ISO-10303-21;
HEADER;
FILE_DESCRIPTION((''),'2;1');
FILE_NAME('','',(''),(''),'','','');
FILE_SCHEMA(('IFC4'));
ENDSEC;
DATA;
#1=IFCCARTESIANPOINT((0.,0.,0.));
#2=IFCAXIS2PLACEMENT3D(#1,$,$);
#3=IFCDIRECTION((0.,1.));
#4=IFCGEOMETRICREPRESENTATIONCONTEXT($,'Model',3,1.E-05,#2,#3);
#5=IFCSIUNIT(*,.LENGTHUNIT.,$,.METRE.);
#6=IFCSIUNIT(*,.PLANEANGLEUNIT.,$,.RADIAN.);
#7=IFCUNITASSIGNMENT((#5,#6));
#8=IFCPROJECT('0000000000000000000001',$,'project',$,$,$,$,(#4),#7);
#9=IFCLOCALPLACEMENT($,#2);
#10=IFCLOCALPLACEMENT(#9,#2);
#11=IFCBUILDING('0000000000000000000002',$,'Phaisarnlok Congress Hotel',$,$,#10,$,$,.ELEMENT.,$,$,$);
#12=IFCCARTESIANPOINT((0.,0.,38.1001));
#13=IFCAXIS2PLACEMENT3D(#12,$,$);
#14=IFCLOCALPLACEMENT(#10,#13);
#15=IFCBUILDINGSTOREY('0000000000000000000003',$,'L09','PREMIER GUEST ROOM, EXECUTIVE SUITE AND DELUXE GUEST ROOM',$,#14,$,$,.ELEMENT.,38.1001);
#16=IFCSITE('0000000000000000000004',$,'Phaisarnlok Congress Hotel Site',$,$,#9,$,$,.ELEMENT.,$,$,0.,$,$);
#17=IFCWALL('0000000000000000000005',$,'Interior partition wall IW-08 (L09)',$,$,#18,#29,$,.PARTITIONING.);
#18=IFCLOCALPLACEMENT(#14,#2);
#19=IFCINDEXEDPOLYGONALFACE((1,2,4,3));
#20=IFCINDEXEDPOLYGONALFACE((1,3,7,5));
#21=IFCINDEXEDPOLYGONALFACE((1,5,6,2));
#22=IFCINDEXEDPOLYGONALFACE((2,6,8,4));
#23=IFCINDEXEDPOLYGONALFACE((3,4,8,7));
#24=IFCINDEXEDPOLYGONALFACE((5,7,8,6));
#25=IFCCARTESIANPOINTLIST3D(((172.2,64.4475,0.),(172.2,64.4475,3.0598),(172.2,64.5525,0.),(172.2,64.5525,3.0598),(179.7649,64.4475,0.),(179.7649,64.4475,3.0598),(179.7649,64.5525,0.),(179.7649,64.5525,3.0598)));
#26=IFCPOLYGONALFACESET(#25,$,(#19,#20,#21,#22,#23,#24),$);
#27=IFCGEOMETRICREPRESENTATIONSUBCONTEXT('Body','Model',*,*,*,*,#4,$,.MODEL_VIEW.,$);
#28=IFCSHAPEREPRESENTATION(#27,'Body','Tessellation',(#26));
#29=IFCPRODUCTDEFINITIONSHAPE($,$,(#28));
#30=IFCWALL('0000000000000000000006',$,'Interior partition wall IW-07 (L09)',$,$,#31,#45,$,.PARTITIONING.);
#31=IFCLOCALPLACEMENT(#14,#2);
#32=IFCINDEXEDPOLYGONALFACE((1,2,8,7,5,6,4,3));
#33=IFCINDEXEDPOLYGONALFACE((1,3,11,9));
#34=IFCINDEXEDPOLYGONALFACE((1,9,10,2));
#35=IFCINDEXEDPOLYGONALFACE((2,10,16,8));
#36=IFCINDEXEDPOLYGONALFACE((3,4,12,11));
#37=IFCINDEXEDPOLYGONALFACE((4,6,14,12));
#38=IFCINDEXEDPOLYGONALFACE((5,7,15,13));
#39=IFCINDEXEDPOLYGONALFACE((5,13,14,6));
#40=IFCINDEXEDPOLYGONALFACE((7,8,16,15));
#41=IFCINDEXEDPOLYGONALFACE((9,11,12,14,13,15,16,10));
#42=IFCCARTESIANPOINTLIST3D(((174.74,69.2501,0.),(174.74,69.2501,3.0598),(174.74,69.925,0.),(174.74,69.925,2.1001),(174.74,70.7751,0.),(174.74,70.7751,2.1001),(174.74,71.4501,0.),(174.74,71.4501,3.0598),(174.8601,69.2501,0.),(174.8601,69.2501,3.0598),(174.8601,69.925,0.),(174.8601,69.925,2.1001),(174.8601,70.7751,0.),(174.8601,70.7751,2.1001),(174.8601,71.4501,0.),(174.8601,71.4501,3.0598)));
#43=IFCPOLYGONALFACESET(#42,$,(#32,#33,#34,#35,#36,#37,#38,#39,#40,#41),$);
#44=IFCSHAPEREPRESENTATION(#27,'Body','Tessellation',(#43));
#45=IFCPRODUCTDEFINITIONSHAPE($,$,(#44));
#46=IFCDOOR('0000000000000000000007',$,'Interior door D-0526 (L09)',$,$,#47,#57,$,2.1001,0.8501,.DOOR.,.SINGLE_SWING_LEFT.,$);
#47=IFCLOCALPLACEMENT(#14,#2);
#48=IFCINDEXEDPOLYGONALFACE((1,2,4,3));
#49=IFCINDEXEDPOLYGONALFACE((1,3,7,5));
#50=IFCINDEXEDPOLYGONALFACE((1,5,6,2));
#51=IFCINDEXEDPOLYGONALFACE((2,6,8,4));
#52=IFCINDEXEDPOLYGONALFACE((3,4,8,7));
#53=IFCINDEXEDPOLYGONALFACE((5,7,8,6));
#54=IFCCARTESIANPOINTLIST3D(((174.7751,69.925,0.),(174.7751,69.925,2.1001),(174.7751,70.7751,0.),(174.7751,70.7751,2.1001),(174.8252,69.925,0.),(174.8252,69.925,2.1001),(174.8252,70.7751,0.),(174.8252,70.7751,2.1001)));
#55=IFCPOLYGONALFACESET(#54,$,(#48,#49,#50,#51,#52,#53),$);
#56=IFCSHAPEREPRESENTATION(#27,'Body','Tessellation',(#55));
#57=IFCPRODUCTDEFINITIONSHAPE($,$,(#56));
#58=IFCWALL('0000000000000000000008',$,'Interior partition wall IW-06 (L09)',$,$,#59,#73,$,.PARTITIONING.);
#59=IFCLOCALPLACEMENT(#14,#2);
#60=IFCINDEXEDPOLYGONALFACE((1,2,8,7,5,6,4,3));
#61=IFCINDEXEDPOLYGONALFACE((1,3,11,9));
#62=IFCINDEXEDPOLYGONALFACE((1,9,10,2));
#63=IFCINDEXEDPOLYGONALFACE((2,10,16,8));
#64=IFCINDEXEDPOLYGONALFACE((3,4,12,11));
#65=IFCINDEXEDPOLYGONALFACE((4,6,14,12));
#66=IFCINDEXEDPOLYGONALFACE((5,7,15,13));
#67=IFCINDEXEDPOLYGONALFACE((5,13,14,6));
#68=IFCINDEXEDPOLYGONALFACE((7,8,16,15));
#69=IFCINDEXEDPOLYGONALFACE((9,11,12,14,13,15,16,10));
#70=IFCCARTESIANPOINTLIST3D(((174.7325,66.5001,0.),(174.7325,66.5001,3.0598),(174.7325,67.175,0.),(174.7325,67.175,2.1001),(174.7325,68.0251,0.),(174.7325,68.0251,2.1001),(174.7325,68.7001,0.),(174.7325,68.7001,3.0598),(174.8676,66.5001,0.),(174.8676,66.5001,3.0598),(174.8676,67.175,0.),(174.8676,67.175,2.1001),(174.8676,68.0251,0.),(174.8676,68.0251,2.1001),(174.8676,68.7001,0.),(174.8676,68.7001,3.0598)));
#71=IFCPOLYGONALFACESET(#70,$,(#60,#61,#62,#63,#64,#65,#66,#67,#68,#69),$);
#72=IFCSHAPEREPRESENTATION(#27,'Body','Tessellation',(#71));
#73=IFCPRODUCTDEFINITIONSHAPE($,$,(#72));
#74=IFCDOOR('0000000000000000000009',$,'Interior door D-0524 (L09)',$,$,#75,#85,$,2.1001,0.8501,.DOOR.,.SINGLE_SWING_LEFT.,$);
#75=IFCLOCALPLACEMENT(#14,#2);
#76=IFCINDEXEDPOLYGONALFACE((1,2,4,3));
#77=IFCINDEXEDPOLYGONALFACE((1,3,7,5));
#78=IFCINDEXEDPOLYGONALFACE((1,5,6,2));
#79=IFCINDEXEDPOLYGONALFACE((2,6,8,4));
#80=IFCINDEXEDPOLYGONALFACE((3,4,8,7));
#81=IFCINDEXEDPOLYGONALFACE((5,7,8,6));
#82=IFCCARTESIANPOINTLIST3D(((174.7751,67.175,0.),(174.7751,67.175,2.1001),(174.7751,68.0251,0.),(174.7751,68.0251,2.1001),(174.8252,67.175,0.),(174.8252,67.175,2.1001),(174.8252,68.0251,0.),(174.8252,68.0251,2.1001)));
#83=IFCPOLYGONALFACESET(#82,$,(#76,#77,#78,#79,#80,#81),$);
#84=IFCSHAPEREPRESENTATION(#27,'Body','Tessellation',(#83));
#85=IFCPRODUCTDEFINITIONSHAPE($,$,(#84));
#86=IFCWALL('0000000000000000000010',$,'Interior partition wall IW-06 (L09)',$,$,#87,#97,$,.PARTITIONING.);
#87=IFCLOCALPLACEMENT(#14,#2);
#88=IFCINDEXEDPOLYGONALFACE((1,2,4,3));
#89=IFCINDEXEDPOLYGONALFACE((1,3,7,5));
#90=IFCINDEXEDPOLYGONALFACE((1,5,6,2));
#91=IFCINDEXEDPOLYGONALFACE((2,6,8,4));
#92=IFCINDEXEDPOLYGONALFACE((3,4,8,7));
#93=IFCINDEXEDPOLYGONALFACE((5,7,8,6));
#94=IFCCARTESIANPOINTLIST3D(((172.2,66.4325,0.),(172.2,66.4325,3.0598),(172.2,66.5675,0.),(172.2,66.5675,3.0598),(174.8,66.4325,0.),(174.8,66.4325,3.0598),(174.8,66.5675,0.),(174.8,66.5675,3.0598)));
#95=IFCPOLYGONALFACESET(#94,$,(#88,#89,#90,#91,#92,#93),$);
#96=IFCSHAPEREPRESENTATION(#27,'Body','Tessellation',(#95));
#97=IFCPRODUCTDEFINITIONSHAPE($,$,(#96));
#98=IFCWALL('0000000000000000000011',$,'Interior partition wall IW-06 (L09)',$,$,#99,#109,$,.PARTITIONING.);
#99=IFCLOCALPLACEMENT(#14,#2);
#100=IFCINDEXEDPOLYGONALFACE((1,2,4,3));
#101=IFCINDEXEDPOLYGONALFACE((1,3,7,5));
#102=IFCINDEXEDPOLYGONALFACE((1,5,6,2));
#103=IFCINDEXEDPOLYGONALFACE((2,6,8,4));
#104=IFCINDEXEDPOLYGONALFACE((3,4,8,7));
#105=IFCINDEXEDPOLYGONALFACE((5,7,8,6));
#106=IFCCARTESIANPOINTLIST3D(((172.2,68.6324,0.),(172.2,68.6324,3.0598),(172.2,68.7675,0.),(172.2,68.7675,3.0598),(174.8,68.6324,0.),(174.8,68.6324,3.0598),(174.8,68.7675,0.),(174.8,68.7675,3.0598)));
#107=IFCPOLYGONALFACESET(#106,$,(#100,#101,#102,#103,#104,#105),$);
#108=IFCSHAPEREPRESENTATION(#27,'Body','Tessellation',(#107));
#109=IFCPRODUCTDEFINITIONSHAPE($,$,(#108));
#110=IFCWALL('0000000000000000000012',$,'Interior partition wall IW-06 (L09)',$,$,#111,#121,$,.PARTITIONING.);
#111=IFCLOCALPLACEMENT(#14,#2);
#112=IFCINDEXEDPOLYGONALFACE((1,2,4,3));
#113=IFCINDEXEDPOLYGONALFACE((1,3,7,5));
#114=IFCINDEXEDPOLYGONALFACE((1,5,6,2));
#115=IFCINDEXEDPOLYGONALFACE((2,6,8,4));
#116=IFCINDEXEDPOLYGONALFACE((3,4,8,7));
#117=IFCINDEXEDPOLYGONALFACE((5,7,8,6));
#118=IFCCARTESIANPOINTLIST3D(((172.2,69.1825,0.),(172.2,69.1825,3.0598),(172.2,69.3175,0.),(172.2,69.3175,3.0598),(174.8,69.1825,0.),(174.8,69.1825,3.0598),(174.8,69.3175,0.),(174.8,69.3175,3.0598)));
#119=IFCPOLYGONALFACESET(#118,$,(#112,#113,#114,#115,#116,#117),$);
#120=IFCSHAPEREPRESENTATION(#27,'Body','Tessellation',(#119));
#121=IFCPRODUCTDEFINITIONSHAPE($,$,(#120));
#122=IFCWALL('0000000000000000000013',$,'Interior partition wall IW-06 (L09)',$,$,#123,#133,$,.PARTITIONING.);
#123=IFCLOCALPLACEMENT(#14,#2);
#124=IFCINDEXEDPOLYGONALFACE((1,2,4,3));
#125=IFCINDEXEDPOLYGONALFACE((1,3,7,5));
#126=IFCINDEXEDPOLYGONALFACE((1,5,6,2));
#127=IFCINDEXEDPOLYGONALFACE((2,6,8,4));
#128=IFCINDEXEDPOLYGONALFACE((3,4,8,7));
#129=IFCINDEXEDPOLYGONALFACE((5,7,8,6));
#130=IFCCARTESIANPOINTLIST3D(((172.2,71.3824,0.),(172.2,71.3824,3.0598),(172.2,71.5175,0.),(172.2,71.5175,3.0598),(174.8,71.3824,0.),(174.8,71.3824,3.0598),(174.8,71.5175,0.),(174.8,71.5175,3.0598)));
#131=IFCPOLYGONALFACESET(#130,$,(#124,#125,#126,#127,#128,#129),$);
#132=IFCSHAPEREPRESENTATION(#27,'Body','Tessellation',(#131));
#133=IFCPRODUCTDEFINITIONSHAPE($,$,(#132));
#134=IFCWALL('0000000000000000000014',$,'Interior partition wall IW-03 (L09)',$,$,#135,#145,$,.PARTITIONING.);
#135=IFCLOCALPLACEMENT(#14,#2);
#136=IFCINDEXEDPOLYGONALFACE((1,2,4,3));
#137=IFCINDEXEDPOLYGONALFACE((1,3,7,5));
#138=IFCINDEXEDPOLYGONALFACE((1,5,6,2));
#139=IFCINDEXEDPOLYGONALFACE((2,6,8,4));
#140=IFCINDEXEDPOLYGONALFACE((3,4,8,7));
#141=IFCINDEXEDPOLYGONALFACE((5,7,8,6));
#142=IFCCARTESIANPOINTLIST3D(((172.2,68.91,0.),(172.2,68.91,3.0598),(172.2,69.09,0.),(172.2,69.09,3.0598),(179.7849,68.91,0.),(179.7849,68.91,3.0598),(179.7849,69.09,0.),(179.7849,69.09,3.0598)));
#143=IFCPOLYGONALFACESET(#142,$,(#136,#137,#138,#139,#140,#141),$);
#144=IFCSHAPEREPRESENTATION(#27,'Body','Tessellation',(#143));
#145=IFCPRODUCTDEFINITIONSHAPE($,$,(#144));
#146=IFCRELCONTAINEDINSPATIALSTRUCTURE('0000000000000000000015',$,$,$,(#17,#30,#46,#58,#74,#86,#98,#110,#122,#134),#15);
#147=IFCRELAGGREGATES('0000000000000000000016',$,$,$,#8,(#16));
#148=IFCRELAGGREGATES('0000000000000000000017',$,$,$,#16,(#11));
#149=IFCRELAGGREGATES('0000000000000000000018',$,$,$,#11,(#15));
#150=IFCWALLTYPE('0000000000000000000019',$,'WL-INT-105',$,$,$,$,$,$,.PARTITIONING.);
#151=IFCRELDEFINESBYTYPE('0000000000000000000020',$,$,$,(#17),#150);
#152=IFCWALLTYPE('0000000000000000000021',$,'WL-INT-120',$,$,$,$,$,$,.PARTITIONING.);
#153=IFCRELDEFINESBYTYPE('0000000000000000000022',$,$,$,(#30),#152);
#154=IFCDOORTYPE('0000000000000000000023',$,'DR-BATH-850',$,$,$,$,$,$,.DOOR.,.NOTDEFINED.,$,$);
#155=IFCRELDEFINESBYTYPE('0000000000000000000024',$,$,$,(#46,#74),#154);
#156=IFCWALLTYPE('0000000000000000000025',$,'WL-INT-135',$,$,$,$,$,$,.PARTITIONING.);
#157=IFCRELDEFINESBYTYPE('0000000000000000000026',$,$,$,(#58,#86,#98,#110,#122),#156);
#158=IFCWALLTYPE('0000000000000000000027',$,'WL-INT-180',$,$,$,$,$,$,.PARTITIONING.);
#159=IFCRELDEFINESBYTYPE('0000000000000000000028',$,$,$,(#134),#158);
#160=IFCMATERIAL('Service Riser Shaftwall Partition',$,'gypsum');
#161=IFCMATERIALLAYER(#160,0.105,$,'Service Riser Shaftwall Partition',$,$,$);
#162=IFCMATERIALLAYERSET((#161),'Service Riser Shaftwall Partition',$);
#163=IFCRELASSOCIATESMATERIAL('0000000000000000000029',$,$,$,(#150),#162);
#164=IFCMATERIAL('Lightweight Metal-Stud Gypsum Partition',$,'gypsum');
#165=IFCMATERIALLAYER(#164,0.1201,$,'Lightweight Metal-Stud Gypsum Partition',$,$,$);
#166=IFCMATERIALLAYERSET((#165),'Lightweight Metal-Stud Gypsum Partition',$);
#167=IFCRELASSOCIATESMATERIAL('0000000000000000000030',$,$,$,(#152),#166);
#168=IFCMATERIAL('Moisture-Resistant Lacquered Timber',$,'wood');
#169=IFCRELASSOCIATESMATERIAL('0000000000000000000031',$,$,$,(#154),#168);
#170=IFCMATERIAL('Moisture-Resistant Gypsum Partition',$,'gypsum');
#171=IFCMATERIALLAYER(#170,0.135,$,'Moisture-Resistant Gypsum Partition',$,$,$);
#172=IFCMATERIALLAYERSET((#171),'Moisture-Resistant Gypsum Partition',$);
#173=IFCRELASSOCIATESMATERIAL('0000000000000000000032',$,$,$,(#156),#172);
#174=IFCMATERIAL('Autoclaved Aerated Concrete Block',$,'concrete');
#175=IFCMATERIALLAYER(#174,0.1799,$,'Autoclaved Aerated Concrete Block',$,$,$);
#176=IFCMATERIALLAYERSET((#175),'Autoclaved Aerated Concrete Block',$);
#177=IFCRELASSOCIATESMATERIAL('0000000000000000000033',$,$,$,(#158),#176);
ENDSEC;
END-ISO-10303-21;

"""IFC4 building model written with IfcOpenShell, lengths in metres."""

from ifc_helpers import new_model, si_unit, direction, frame, frame_2d, origin, place, context, subcontext, project, spatial, rectangle, extrude, material, layer, layer_set, type_object, element, fill, save


model = new_model("IFC4")

# Units and contexts
model_context = context("Model", 3, precision=1e-05, world=origin(), true_north=direction((0.0, 1.0)))
body_context = subcontext(model_context, "Body", "Model", "MODEL_VIEW")
ifc_project = project(units=[si_unit("LENGTHUNIT", "METRE"), si_unit("PLANEANGLEUNIT", "RADIAN")], contexts=[model_context])

# Site, building, storey
site_placement = place(None, origin())
site = spatial("IfcSite", under=ifc_project, at=site_placement, Name="Phaisarnlok Congress Hotel Site", CompositionType="ELEMENT", RefElevation=0.0)
building_placement = place(site_placement, origin())
building = spatial("IfcBuilding", under=site, at=building_placement, Name="Phaisarnlok Congress Hotel", CompositionType="ELEMENT")
storey_placement = place(building_placement, frame((0.0, 0.0, 38.1001)))
storey = spatial("IfcBuildingStorey", under=building, at=storey_placement, Name="L09", Description="PREMIER GUEST ROOM, EXECUTIVE SUITE AND DELUXE GUEST ROOM", CompositionType="ELEMENT", Elevation=38.1001)

# Wall
ifc_material_1 = material(Name="Service Riser Shaftwall Partition", Category="gypsum")
ifc_layer_1 = layer(ifc_material_1, 0.105, Name="Service Riser Shaftwall Partition")
ifc_layer_set_1 = layer_set([ifc_layer_1], Name="Service Riser Shaftwall Partition")
wall_type_1 = type_object("IfcWallType", Name="WL-INT-105", PredefinedType="PARTITIONING", material=ifc_layer_set_1)
wall_1_placement = place(storey_placement, frame((172.2, 64.5, 0.0), z_axis=(0.0, 0.0, 1.0), x_axis=(1.0, 0.0, 0.0)))
element("IfcWall", 1, at=wall_1_placement, inside=storey, type_object=wall_type_1, Name="Interior partition wall IW-08 (L09)", PredefinedType="PARTITIONING", context=body_context, shape_type="SweptSolid", body=[
    extrude(rectangle(XDim=7.5649, YDim=0.105, at=frame_2d((3.7825, 0.0))), origin(), (0.0, 0.0, 1.0), 3.0598),
])

# Walls, openings, doors
ifc_material_2 = material(Name="Lightweight Metal-Stud Gypsum Partition", Category="gypsum")
ifc_layer_2 = layer(ifc_material_2, 0.1201, Name="Lightweight Metal-Stud Gypsum Partition")
ifc_layer_set_2 = layer_set([ifc_layer_2], Name="Lightweight Metal-Stud Gypsum Partition")
wall_type_2 = type_object("IfcWallType", Name="WL-INT-120", PredefinedType="PARTITIONING", material=ifc_layer_set_2)
wall_2_placement = place(storey_placement, frame((174.8, 69.25, 0.0), z_axis=(0.0, 0.0, 1.0), x_axis=(0.0, 1.0, 0.0)))
wall_2 = element("IfcWall", 2, at=wall_2_placement, inside=storey, type_object=wall_type_2, Name="Interior partition wall IW-07 (L09)", PredefinedType="PARTITIONING", context=body_context, shape_type="SweptSolid", body=[
    extrude(rectangle(XDim=2.2, YDim=0.1201, at=frame_2d((1.1001, 0.0))), origin(), (0.0, 0.0, 1.0), 3.0598),
])
opening_1_placement = place(wall_2_placement, frame((0.675, 0.0, 0.0)))
opening_1 = element("IfcOpeningElement", 3, at=opening_1_placement, cuts=wall_2, PredefinedType="OPENING", context=body_context, shape_type="SweptSolid", body=[
    extrude(rectangle(XDim=0.8501, YDim=2.1001, at=frame_2d((0.425, 1.05))), frame((0.0, 0.0701, 0.0), z_axis=(0.0, -1.0, 0.0), x_axis=(1.0, 0.0, 0.0)), (0.0, 0.0, 1.0), 0.1401),
])
ifc_material_3 = material(Name="Moisture-Resistant Lacquered Timber", Category="wood")
door_type = type_object("IfcDoorType", Name="DR-BATH-850", OperationType="NOTDEFINED", PredefinedType="DOOR", material=ifc_material_3)
door_1_placement = place(opening_1_placement, origin())
door_1 = element("IfcDoor", 4, at=door_1_placement, inside=storey, type_object=door_type, Name="Interior door D-0526 (L09)", OperationType="SINGLE_SWING_LEFT", OverallHeight=2.1001, OverallWidth=0.8501, PredefinedType="DOOR", context=body_context, shape_type="SweptSolid", body=[
    extrude(rectangle(XDim=0.8501, YDim=2.1001, at=frame_2d((0.425, 1.05))), frame((0.0, 0.0249, 0.0), z_axis=(0.0, -1.0, 0.0), x_axis=(1.0, 0.0, 0.0)), (0.0, 0.0, 1.0), 0.05),
])
fill(opening_1, door_1)
ifc_material_4 = material(Name="Moisture-Resistant Gypsum Partition", Category="gypsum")
ifc_layer_3 = layer(ifc_material_4, 0.135, Name="Moisture-Resistant Gypsum Partition")
ifc_layer_set_3 = layer_set([ifc_layer_3], Name="Moisture-Resistant Gypsum Partition")
wall_type_3 = type_object("IfcWallType", Name="WL-INT-135", PredefinedType="PARTITIONING", material=ifc_layer_set_3)
wall_3_placement = place(storey_placement, frame((174.8, 66.5, 0.0), z_axis=(0.0, 0.0, 1.0), x_axis=(0.0, 1.0, 0.0)))
wall_3 = element("IfcWall", 5, at=wall_3_placement, inside=storey, type_object=wall_type_3, Name="Interior partition wall IW-06 (L09)", PredefinedType="PARTITIONING", context=body_context, shape_type="SweptSolid", body=[
    extrude(rectangle(XDim=2.2, YDim=0.135, at=frame_2d((1.1001, 0.0))), origin(), (0.0, 0.0, 1.0), 3.0598),
])
opening_2_placement = place(wall_3_placement, frame((0.675, 0.0, 0.0)))
opening_2 = element("IfcOpeningElement", 6, at=opening_2_placement, cuts=wall_3, PredefinedType="OPENING", context=body_context, shape_type="SweptSolid", body=[
    extrude(rectangle(XDim=0.8501, YDim=2.1001, at=frame_2d((0.425, 1.05))), frame((0.0, 0.0776, 0.0), z_axis=(0.0, -1.0, 0.0), x_axis=(1.0, 0.0, 0.0)), (0.0, 0.0, 1.0), 0.155),
])
door_2_placement = place(opening_2_placement, origin())
door_2 = element("IfcDoor", 7, at=door_2_placement, inside=storey, type_object=door_type, Name="Interior door D-0524 (L09)", OperationType="SINGLE_SWING_LEFT", OverallHeight=2.1001, OverallWidth=0.8501, PredefinedType="DOOR", context=body_context, shape_type="SweptSolid", body=[
    extrude(rectangle(XDim=0.8501, YDim=2.1001, at=frame_2d((0.425, 1.05))), frame((0.0, 0.0249, 0.0), z_axis=(0.0, -1.0, 0.0), x_axis=(1.0, 0.0, 0.0)), (0.0, 0.0, 1.0), 0.05),
])
fill(opening_2, door_2)

# Walls
for number, where, z_axis, x_axis, name in (
    (8, (172.2, 66.5, 0.0), (0.0, 0.0, 1.0), (1.0, 0.0, 0.0), "Interior partition wall IW-06 (L09)"),
    (9, (172.2, 68.7, 0.0), (0.0, 0.0, 1.0), (1.0, 0.0, 0.0), "Interior partition wall IW-06 (L09)"),
    (10, (172.2, 69.25, 0.0), (0.0, 0.0, 1.0), (1.0, 0.0, 0.0), "Interior partition wall IW-06 (L09)"),
    (11, (172.2, 71.45, 0.0), (0.0, 0.0, 1.0), (1.0, 0.0, 0.0), "Interior partition wall IW-06 (L09)"),
):
    element("IfcWall", number, at=place(storey_placement, frame(where, z_axis=z_axis, x_axis=x_axis)), inside=storey, type_object=wall_type_3, Name=name, PredefinedType="PARTITIONING", context=body_context, shape_type="SweptSolid", body=[
        extrude(rectangle(XDim=2.6001, YDim=0.135, at=frame_2d((1.3, 0.0))), origin(), (0.0, 0.0, 1.0), 3.0598),
    ])
ifc_material_5 = material(Name="Autoclaved Aerated Concrete Block", Category="concrete")
ifc_layer_4 = layer(ifc_material_5, 0.1799, Name="Autoclaved Aerated Concrete Block")
ifc_layer_set_4 = layer_set([ifc_layer_4], Name="Autoclaved Aerated Concrete Block")
wall_type_4 = type_object("IfcWallType", Name="WL-INT-180", PredefinedType="PARTITIONING", material=ifc_layer_set_4)
wall_4_placement = place(storey_placement, frame((172.2, 69.0, 0.0), z_axis=(0.0, 0.0, 1.0), x_axis=(1.0, 0.0, 0.0)))
element("IfcWall", 12, at=wall_4_placement, inside=storey, type_object=wall_type_4, Name="Interior partition wall IW-03 (L09)", PredefinedType="PARTITIONING", context=body_context, shape_type="SweptSolid", body=[
    extrude(rectangle(XDim=7.585, YDim=0.1799, at=frame_2d((3.7925, 0.0))), origin(), (0.0, 0.0, 1.0), 3.0598),
])

save(model, "model.ifc")
